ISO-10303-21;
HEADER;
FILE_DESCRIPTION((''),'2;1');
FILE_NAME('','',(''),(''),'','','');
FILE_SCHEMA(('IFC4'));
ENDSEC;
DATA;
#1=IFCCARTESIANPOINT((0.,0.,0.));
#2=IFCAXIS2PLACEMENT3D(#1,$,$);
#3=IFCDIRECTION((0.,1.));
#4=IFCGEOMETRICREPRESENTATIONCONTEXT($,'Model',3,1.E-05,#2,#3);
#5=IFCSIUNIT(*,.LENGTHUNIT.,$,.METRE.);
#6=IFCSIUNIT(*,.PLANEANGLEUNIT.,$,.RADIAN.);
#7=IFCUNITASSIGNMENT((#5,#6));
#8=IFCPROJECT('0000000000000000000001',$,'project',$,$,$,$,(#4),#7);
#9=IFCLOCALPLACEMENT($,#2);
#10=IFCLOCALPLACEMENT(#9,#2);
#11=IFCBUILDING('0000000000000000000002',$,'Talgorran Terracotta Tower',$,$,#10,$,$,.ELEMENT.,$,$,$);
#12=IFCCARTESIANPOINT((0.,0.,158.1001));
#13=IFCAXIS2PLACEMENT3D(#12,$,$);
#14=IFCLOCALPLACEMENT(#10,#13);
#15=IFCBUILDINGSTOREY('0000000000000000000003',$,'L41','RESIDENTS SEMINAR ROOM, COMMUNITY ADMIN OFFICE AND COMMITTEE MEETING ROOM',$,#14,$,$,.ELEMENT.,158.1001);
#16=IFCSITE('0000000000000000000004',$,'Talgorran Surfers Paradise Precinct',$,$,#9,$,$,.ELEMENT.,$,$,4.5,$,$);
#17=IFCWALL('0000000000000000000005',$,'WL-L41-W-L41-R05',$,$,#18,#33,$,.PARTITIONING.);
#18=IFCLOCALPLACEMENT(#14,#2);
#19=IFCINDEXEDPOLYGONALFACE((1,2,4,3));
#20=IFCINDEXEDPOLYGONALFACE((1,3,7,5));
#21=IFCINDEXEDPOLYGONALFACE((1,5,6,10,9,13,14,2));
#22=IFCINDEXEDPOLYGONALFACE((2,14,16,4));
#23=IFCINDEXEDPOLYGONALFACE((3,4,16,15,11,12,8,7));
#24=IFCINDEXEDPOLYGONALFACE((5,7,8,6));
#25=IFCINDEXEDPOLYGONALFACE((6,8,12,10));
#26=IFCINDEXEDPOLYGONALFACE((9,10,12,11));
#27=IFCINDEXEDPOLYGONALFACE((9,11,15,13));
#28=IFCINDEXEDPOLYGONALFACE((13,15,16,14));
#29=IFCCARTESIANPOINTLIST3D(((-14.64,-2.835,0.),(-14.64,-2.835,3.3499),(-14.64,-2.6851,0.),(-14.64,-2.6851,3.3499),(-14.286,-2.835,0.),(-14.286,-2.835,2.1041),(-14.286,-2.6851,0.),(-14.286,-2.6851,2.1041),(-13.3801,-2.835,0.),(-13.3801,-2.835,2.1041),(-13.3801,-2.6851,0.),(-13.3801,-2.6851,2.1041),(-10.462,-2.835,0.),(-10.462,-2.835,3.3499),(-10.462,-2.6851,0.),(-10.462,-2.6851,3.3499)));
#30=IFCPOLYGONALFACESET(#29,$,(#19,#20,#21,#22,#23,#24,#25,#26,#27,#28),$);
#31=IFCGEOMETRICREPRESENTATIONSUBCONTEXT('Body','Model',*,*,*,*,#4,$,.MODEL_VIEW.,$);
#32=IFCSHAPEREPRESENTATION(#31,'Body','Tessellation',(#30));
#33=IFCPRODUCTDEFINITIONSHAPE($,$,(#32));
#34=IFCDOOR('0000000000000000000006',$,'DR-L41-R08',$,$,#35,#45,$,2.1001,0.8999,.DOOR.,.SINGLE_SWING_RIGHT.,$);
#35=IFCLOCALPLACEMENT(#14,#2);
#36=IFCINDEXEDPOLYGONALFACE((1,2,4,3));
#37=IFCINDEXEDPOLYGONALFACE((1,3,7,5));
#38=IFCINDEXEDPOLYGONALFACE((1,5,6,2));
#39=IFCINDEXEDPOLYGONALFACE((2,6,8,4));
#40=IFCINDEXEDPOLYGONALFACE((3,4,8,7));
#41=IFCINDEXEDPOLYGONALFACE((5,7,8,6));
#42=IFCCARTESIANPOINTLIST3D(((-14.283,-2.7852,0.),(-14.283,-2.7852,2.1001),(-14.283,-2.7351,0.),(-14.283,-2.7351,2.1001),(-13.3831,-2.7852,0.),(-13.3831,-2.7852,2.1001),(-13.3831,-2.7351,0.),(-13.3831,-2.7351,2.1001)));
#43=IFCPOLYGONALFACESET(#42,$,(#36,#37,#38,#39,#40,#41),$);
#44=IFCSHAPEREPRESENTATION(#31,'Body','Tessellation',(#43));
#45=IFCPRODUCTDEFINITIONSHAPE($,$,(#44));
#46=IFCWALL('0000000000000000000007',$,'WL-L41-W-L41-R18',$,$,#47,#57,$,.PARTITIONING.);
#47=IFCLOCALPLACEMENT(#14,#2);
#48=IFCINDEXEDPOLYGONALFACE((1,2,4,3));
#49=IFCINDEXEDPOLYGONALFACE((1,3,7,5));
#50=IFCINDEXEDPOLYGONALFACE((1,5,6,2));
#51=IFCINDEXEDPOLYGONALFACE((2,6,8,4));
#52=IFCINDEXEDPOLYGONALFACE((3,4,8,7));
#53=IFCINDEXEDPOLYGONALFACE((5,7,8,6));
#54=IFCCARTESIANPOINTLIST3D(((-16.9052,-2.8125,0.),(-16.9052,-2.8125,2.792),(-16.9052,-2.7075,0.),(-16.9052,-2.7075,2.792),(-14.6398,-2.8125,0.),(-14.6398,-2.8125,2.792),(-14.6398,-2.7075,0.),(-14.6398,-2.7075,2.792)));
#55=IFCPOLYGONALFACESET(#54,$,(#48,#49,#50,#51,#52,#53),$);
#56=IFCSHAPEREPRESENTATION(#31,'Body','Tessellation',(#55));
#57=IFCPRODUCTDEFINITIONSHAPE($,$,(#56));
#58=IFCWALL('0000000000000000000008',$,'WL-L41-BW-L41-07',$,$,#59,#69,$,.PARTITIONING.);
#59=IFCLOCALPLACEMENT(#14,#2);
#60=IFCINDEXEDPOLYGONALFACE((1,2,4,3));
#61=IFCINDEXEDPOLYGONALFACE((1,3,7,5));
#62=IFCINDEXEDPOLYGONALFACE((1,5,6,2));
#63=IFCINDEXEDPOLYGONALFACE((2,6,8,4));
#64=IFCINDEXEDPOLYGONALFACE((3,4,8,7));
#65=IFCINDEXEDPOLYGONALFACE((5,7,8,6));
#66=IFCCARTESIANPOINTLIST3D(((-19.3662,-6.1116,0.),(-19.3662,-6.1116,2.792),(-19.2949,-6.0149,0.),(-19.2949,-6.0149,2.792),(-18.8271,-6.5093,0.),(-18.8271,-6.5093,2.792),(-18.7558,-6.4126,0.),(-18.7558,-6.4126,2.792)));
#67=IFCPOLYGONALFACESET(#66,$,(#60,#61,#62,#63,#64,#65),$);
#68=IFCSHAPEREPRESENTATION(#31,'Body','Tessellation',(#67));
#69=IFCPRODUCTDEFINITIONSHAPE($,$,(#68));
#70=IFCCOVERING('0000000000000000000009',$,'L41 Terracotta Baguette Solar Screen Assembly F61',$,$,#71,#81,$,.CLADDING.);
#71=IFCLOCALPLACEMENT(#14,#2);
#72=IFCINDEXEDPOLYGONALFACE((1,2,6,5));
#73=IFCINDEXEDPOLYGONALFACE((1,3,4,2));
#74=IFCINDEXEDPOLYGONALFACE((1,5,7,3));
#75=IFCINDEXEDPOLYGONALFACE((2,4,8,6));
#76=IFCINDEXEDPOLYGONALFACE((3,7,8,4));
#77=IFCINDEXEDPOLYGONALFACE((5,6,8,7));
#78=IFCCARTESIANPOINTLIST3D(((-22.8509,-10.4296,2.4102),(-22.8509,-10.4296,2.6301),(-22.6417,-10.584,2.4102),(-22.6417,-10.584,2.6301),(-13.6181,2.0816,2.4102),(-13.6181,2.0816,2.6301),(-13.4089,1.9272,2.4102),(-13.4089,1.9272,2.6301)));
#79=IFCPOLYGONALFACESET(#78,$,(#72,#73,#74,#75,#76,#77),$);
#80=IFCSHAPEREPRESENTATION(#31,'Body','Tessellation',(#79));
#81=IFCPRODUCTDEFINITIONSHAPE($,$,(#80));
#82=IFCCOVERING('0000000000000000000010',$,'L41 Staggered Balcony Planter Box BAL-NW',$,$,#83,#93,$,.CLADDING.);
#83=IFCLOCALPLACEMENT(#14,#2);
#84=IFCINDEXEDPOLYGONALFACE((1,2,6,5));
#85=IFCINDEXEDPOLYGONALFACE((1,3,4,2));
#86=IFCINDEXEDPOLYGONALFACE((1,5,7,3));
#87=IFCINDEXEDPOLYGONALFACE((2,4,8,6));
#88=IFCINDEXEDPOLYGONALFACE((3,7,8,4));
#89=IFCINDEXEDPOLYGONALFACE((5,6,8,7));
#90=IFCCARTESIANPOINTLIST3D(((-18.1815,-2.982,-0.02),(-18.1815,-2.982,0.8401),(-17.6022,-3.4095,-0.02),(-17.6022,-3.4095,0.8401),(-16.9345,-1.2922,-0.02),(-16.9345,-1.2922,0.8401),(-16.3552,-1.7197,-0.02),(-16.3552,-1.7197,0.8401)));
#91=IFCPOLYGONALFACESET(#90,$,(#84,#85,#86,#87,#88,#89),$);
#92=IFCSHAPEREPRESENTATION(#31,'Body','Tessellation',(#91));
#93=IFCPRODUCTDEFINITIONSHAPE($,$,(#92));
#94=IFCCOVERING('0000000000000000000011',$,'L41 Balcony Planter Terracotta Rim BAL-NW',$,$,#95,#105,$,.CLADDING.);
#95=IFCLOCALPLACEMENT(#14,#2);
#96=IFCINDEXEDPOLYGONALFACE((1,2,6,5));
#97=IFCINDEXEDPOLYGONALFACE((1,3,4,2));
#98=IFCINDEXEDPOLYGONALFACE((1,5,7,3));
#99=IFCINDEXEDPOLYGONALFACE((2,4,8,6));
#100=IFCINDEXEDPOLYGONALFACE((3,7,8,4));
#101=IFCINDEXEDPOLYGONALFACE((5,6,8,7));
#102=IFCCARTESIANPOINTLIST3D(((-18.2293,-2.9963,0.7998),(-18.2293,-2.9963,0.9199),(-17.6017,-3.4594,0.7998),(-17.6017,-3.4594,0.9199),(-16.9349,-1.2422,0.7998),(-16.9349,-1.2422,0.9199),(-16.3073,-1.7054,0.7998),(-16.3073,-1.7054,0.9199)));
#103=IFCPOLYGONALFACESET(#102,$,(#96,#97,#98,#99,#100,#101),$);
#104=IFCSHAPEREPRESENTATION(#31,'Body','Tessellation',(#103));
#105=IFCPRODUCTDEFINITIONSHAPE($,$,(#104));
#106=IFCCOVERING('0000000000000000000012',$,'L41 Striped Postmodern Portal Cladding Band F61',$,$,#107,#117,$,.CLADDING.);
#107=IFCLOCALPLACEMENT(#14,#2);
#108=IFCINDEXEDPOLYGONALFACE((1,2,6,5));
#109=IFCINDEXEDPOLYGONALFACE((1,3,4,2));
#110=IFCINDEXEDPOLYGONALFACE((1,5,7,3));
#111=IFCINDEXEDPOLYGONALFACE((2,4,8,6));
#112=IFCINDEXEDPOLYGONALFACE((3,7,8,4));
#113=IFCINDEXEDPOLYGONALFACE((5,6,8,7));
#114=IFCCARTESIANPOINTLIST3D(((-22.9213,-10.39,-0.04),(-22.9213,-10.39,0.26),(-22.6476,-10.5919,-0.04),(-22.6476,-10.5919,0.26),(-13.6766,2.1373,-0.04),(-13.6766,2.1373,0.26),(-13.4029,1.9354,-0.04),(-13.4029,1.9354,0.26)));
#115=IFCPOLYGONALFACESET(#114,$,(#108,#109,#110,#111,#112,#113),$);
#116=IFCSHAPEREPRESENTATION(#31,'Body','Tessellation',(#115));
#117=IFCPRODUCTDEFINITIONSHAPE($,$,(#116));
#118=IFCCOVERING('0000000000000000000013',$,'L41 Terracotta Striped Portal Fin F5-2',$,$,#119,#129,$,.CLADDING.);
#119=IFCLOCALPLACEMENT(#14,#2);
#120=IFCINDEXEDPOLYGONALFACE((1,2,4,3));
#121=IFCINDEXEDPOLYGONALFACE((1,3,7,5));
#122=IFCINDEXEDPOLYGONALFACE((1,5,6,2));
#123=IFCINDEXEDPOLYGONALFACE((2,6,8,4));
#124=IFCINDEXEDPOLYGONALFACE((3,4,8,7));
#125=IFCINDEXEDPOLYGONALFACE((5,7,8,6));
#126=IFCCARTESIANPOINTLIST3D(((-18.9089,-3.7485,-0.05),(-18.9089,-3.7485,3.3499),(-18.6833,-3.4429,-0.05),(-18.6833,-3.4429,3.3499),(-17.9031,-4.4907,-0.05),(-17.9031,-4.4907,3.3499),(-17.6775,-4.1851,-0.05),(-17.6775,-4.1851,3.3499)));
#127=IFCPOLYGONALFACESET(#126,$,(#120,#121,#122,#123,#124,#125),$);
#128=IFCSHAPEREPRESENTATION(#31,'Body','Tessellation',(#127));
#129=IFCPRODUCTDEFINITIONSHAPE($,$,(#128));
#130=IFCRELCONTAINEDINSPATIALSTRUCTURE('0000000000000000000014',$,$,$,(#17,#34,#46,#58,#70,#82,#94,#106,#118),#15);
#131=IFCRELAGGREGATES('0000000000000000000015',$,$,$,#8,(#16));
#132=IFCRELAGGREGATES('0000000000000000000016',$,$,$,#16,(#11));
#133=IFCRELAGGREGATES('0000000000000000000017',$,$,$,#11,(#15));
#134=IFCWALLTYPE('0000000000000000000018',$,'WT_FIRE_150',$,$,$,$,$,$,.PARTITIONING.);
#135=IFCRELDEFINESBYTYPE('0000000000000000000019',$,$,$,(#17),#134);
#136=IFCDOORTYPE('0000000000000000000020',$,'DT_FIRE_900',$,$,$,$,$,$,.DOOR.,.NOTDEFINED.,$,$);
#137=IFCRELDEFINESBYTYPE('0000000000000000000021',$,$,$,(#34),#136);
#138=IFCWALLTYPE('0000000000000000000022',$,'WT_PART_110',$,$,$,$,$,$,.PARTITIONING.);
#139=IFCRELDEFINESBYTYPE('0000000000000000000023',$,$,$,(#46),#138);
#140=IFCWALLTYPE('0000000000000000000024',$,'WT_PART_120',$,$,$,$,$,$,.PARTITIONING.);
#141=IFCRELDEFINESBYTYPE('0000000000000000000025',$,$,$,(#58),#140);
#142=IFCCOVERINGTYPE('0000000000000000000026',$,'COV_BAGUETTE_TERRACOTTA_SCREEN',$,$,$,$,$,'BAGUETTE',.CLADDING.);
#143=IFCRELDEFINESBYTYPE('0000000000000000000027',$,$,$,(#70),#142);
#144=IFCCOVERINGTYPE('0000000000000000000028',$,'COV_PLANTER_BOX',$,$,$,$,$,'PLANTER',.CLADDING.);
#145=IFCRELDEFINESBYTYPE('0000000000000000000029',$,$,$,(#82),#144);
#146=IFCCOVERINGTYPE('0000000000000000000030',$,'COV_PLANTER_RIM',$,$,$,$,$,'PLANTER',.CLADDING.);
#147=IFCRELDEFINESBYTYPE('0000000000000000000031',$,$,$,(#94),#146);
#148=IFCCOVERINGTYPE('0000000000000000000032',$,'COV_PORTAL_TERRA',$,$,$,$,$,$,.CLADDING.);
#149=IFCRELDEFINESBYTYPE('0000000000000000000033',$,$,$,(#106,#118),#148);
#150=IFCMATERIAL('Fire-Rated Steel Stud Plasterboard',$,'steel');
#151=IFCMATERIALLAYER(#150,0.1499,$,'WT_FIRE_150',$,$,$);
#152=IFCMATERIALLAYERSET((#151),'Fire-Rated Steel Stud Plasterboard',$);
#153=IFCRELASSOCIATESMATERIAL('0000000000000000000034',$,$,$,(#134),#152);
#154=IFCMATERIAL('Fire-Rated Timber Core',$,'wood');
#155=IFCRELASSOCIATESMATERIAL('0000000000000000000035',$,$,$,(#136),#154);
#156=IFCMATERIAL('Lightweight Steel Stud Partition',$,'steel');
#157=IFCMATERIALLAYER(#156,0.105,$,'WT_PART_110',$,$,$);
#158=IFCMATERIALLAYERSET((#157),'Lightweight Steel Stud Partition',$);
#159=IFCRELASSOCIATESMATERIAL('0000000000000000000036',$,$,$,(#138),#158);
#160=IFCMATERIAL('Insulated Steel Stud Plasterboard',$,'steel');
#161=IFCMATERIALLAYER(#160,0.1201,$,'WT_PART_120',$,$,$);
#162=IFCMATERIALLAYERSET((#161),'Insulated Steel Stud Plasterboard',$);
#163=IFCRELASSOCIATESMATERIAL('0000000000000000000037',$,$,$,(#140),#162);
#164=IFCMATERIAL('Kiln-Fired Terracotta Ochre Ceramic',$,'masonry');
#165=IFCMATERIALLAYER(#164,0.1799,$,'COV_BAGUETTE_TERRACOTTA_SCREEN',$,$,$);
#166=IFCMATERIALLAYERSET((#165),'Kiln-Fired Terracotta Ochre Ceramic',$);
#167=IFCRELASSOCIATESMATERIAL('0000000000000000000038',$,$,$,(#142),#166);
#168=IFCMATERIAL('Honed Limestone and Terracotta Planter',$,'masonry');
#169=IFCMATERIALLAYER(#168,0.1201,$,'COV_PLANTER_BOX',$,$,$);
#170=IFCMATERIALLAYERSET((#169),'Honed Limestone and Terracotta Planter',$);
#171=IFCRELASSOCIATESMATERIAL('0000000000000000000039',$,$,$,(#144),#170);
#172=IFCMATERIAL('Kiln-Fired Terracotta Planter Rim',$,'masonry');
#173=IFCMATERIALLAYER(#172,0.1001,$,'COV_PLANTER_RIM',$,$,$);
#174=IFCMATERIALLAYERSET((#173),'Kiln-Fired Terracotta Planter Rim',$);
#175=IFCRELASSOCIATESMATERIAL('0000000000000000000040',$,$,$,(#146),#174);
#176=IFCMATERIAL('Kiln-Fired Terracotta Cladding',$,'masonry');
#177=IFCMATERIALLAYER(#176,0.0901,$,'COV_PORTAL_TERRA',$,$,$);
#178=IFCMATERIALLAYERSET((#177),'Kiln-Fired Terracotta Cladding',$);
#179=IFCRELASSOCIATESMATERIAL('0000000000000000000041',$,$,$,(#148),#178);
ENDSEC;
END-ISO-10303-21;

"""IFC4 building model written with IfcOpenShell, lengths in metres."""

from ifc_helpers import new_model, si_unit, direction, frame, frame_2d, origin, origin_2d, place, context, subcontext, project, spatial, rectangle, extrude, material, layer, layer_set, type_object, element, fill, save


model = new_model("IFC4")

# Units and contexts
model_context = context("Model", 3, precision=1e-05, world=origin(), true_north=direction((0.0, 1.0)))
body_context = subcontext(model_context, "Body", "Model", "MODEL_VIEW")
ifc_project = project(units=[si_unit("LENGTHUNIT", "METRE"), si_unit("PLANEANGLEUNIT", "RADIAN")], contexts=[model_context])

# Site, building, storey
site_placement = place(None, origin())
site = spatial("IfcSite", under=ifc_project, at=site_placement, Name="Talgorran Surfers Paradise Precinct", CompositionType="ELEMENT", RefElevation=4.5)
building_placement = place(site_placement, origin())
building = spatial("IfcBuilding", under=site, at=building_placement, Name="Talgorran Terracotta Tower", CompositionType="ELEMENT")
storey_placement = place(building_placement, frame((0.0, 0.0, 158.1001)))
storey = spatial("IfcBuildingStorey", under=building, at=storey_placement, Name="L41", Description="RESIDENTS SEMINAR ROOM, COMMUNITY ADMIN OFFICE AND COMMITTEE MEETING ROOM", CompositionType="ELEMENT", Elevation=158.1001)

# Wall, opening, door
ifc_material_1 = material(Name="Fire-Rated Steel Stud Plasterboard", Category="steel")
ifc_layer_1 = layer(ifc_material_1, 0.1499, Name="WT_FIRE_150")
ifc_layer_set_1 = layer_set([ifc_layer_1], Name="Fire-Rated Steel Stud Plasterboard")
wall_type_1 = type_object("IfcWallType", Name="WT_FIRE_150", PredefinedType="PARTITIONING", material=ifc_layer_set_1)
wall_1_placement = place(storey_placement, frame((-14.6399, -2.76, 0.0), z_axis=(0.0, 0.0, 1.0), x_axis=(1.0, 0.0, 0.0)))
wall_1 = element("IfcWall", 1, at=wall_1_placement, inside=storey, type_object=wall_type_1, Name="WL-L41-W-L41-R05", PredefinedType="PARTITIONING", context=body_context, shape_type="SweptSolid", body=[
    extrude(rectangle(XDim=4.178, YDim=0.1499, at=frame_2d((2.0889, 0.0))), origin(), (0.0, 0.0, 1.0), 3.3499),
])
opening_1_placement = place(wall_1_placement, frame((0.3569, 0.0, 0.0)))
opening_1 = element("IfcOpeningElement", 2, at=opening_1_placement, cuts=wall_1, PredefinedType="OPENING", context=body_context, shape_type="SweptSolid", body=[
    extrude(rectangle(XDim=0.9059, YDim=2.1041, at=frame_2d((0.45, 1.052))), frame((0.0, 0.085, 0.0), z_axis=(0.0, -1.0, 0.0), x_axis=(1.0, 0.0, 0.0)), (0.0, 0.0, 1.0), 0.1699),
])
ifc_material_2 = material(Name="Fire-Rated Timber Core", Category="wood")
door_type_1 = type_object("IfcDoorType", Name="DT_FIRE_900", OperationType="NOTDEFINED", PredefinedType="DOOR", material=ifc_material_2)
door_1_placement = place(opening_1_placement, origin())
door_1 = element("IfcDoor", 3, at=door_1_placement, inside=storey, type_object=door_type_1, Name="DR-L41-R08", OperationType="SINGLE_SWING_RIGHT", OverallHeight=2.1001, OverallWidth=0.8999, PredefinedType="DOOR", context=body_context, shape_type="SweptSolid", body=[
    extrude(rectangle(XDim=0.8999, YDim=2.1001, at=frame_2d((0.45, 1.05))), frame((0.0, 0.0249, 0.0), z_axis=(0.0, -1.0, 0.0), x_axis=(1.0, 0.0, 0.0)), (0.0, 0.0, 1.0), 0.05),
])
fill(opening_1, door_1)

# Walls
ifc_material_3 = material(Name="Lightweight Steel Stud Partition", Category="steel")
ifc_layer_2 = layer(ifc_material_3, 0.105, Name="WT_PART_110")
ifc_layer_set_2 = layer_set([ifc_layer_2], Name="Lightweight Steel Stud Partition")
wall_type_2 = type_object("IfcWallType", Name="WT_PART_110", PredefinedType="PARTITIONING", material=ifc_layer_set_2)
wall_2_placement = place(storey_placement, frame((-16.9053, -2.76, 0.0), z_axis=(0.0, 0.0, 1.0), x_axis=(1.0, 0.0, 0.0)))
element("IfcWall", 4, at=wall_2_placement, inside=storey, type_object=wall_type_2, Name="WL-L41-W-L41-R18", PredefinedType="PARTITIONING", context=body_context, shape_type="SweptSolid", body=[
    extrude(rectangle(XDim=2.2654, YDim=0.105, at=frame_2d((1.1328, 0.0))), origin(), (0.0, 0.0, 1.0), 2.792),
])
ifc_material_4 = material(Name="Insulated Steel Stud Plasterboard", Category="steel")
ifc_layer_3 = layer(ifc_material_4, 0.1201, Name="WT_PART_120")
ifc_layer_set_3 = layer_set([ifc_layer_3], Name="Insulated Steel Stud Plasterboard")
wall_type_3 = type_object("IfcWallType", Name="WT_PART_120", PredefinedType="PARTITIONING", material=ifc_layer_set_3)
wall_3_placement = place(storey_placement, frame((-19.3306, -6.0632, 0.0), z_axis=(0.0, 0.0, 1.0), x_axis=(0.804698, -0.593684, 0.0)))
element("IfcWall", 5, at=wall_3_placement, inside=storey, type_object=wall_type_3, Name="WL-L41-BW-L41-07", PredefinedType="PARTITIONING", context=body_context, shape_type="SweptSolid", body=[
    extrude(rectangle(XDim=0.6699, YDim=0.1201, at=frame_2d((0.335, 0.0))), origin(), (0.0, 0.0, 1.0), 2.792),
])

# Coverings
ifc_material_5 = material(Name="Kiln-Fired Terracotta Ochre Ceramic", Category="masonry")
ifc_layer_4 = layer(ifc_material_5, 0.1799, Name="COV_BAGUETTE_TERRACOTTA_SCREEN")
ifc_layer_set_4 = layer_set([ifc_layer_4], Name="Kiln-Fired Terracotta Ochre Ceramic")
covering_type_1 = type_object("IfcCoveringType", Name="COV_BAGUETTE_TERRACOTTA_SCREEN", ElementType="BAGUETTE", PredefinedType="CLADDING", material=ifc_layer_set_4)
covering_1_placement = place(storey_placement, frame((-18.1299, -4.2512, 2.4102), z_axis=(0.0, 0.0, 1.0), x_axis=(-0.593784, -0.804624, 0.0)))
element("IfcCovering", 6, at=covering_1_placement, inside=storey, type_object=covering_type_1, Name="L41 Terracotta Baguette Solar Screen Assembly F61", PredefinedType="CLADDING", context=body_context, shape_type="SweptSolid", body=[
    extrude(rectangle(XDim=15.5491, YDim=0.26, at=origin_2d()), origin(), (0.0, 0.0, 1.0), 0.22),
])
ifc_material_6 = material(Name="Honed Limestone and Terracotta Planter", Category="masonry")
ifc_layer_5 = layer(ifc_material_6, 0.1201, Name="COV_PLANTER_BOX")
ifc_layer_set_5 = layer_set([ifc_layer_5], Name="Honed Limestone and Terracotta Planter")
covering_type_2 = type_object("IfcCoveringType", Name="COV_PLANTER_BOX", ElementType="PLANTER", PredefinedType="CLADDING", material=ifc_layer_set_5)
covering_2_placement = place(storey_placement, frame((-17.2683, -2.3508, -0.02), z_axis=(0.0, 0.0, 1.0), x_axis=(-0.593784, -0.804624, 0.0)))
element("IfcCovering", 7, at=covering_2_placement, inside=storey, type_object=covering_type_2, Name="L41 Staggered Balcony Planter Box BAL-NW", PredefinedType="CLADDING", context=body_context, shape_type="SweptSolid", body=[
    extrude(rectangle(XDim=2.1001, YDim=0.72, at=origin_2d()), origin(), (0.0, 0.0, 1.0), 0.8601),
])
ifc_material_7 = material(Name="Kiln-Fired Terracotta Planter Rim", Category="masonry")
ifc_layer_6 = layer(ifc_material_7, 0.1001, Name="COV_PLANTER_RIM")
ifc_layer_set_6 = layer_set([ifc_layer_6], Name="Kiln-Fired Terracotta Planter Rim")
covering_type_3 = type_object("IfcCoveringType", Name="COV_PLANTER_RIM", ElementType="PLANTER", PredefinedType="CLADDING", material=ifc_layer_set_6)
covering_3_placement = place(storey_placement, frame((-17.2683, -2.3508, 0.7998), z_axis=(0.0, 0.0, 1.0), x_axis=(-0.593784, -0.804624, 0.0)))
element("IfcCovering", 8, at=covering_3_placement, inside=storey, type_object=covering_type_3, Name="L41 Balcony Planter Terracotta Rim BAL-NW", PredefinedType="CLADDING", context=body_context, shape_type="SweptSolid", body=[
    extrude(rectangle(XDim=2.1799, YDim=0.78, at=origin_2d()), origin(), (0.0, 0.0, 1.0), 0.1201),
])
ifc_material_8 = material(Name="Kiln-Fired Terracotta Cladding", Category="masonry")
ifc_layer_7 = layer(ifc_material_8, 0.0901, Name="COV_PORTAL_TERRA")
ifc_layer_set_7 = layer_set([ifc_layer_7], Name="Kiln-Fired Terracotta Cladding")
covering_type_4 = type_object("IfcCoveringType", Name="COV_PORTAL_TERRA", PredefinedType="CLADDING", material=ifc_layer_set_7)
covering_4_placement = place(storey_placement, frame((-18.1621, -4.2273, -0.04), z_axis=(0.0, 0.0, 1.0), x_axis=(-0.593784, -0.804624, 0.0)))
element("IfcCovering", 9, at=covering_4_placement, inside=storey, type_object=covering_type_4, Name="L41 Striped Postmodern Portal Cladding Band F61", PredefinedType="CLADDING", context=body_context, shape_type="SweptSolid", body=[
    extrude(rectangle(XDim=15.5691, YDim=0.3401, at=origin_2d()), origin(), (0.0, 0.0, 1.0), 0.3),
])
covering_5_placement = place(storey_placement, frame((-18.2932, -3.9668, -0.05), z_axis=(0.0, 0.0, 1.0), x_axis=(-0.593784, -0.804624, 0.0)))
element("IfcCovering", 10, at=covering_5_placement, inside=storey, type_object=covering_type_4, Name="L41 Terracotta Striped Portal Fin F5-2", PredefinedType="CLADDING", context=body_context, shape_type="SweptSolid", body=[
    extrude(rectangle(XDim=0.3799, YDim=1.25, at=origin_2d()), origin(), (0.0, 0.0, 1.0), 3.3999),
])

save(model, "model.ifc")
